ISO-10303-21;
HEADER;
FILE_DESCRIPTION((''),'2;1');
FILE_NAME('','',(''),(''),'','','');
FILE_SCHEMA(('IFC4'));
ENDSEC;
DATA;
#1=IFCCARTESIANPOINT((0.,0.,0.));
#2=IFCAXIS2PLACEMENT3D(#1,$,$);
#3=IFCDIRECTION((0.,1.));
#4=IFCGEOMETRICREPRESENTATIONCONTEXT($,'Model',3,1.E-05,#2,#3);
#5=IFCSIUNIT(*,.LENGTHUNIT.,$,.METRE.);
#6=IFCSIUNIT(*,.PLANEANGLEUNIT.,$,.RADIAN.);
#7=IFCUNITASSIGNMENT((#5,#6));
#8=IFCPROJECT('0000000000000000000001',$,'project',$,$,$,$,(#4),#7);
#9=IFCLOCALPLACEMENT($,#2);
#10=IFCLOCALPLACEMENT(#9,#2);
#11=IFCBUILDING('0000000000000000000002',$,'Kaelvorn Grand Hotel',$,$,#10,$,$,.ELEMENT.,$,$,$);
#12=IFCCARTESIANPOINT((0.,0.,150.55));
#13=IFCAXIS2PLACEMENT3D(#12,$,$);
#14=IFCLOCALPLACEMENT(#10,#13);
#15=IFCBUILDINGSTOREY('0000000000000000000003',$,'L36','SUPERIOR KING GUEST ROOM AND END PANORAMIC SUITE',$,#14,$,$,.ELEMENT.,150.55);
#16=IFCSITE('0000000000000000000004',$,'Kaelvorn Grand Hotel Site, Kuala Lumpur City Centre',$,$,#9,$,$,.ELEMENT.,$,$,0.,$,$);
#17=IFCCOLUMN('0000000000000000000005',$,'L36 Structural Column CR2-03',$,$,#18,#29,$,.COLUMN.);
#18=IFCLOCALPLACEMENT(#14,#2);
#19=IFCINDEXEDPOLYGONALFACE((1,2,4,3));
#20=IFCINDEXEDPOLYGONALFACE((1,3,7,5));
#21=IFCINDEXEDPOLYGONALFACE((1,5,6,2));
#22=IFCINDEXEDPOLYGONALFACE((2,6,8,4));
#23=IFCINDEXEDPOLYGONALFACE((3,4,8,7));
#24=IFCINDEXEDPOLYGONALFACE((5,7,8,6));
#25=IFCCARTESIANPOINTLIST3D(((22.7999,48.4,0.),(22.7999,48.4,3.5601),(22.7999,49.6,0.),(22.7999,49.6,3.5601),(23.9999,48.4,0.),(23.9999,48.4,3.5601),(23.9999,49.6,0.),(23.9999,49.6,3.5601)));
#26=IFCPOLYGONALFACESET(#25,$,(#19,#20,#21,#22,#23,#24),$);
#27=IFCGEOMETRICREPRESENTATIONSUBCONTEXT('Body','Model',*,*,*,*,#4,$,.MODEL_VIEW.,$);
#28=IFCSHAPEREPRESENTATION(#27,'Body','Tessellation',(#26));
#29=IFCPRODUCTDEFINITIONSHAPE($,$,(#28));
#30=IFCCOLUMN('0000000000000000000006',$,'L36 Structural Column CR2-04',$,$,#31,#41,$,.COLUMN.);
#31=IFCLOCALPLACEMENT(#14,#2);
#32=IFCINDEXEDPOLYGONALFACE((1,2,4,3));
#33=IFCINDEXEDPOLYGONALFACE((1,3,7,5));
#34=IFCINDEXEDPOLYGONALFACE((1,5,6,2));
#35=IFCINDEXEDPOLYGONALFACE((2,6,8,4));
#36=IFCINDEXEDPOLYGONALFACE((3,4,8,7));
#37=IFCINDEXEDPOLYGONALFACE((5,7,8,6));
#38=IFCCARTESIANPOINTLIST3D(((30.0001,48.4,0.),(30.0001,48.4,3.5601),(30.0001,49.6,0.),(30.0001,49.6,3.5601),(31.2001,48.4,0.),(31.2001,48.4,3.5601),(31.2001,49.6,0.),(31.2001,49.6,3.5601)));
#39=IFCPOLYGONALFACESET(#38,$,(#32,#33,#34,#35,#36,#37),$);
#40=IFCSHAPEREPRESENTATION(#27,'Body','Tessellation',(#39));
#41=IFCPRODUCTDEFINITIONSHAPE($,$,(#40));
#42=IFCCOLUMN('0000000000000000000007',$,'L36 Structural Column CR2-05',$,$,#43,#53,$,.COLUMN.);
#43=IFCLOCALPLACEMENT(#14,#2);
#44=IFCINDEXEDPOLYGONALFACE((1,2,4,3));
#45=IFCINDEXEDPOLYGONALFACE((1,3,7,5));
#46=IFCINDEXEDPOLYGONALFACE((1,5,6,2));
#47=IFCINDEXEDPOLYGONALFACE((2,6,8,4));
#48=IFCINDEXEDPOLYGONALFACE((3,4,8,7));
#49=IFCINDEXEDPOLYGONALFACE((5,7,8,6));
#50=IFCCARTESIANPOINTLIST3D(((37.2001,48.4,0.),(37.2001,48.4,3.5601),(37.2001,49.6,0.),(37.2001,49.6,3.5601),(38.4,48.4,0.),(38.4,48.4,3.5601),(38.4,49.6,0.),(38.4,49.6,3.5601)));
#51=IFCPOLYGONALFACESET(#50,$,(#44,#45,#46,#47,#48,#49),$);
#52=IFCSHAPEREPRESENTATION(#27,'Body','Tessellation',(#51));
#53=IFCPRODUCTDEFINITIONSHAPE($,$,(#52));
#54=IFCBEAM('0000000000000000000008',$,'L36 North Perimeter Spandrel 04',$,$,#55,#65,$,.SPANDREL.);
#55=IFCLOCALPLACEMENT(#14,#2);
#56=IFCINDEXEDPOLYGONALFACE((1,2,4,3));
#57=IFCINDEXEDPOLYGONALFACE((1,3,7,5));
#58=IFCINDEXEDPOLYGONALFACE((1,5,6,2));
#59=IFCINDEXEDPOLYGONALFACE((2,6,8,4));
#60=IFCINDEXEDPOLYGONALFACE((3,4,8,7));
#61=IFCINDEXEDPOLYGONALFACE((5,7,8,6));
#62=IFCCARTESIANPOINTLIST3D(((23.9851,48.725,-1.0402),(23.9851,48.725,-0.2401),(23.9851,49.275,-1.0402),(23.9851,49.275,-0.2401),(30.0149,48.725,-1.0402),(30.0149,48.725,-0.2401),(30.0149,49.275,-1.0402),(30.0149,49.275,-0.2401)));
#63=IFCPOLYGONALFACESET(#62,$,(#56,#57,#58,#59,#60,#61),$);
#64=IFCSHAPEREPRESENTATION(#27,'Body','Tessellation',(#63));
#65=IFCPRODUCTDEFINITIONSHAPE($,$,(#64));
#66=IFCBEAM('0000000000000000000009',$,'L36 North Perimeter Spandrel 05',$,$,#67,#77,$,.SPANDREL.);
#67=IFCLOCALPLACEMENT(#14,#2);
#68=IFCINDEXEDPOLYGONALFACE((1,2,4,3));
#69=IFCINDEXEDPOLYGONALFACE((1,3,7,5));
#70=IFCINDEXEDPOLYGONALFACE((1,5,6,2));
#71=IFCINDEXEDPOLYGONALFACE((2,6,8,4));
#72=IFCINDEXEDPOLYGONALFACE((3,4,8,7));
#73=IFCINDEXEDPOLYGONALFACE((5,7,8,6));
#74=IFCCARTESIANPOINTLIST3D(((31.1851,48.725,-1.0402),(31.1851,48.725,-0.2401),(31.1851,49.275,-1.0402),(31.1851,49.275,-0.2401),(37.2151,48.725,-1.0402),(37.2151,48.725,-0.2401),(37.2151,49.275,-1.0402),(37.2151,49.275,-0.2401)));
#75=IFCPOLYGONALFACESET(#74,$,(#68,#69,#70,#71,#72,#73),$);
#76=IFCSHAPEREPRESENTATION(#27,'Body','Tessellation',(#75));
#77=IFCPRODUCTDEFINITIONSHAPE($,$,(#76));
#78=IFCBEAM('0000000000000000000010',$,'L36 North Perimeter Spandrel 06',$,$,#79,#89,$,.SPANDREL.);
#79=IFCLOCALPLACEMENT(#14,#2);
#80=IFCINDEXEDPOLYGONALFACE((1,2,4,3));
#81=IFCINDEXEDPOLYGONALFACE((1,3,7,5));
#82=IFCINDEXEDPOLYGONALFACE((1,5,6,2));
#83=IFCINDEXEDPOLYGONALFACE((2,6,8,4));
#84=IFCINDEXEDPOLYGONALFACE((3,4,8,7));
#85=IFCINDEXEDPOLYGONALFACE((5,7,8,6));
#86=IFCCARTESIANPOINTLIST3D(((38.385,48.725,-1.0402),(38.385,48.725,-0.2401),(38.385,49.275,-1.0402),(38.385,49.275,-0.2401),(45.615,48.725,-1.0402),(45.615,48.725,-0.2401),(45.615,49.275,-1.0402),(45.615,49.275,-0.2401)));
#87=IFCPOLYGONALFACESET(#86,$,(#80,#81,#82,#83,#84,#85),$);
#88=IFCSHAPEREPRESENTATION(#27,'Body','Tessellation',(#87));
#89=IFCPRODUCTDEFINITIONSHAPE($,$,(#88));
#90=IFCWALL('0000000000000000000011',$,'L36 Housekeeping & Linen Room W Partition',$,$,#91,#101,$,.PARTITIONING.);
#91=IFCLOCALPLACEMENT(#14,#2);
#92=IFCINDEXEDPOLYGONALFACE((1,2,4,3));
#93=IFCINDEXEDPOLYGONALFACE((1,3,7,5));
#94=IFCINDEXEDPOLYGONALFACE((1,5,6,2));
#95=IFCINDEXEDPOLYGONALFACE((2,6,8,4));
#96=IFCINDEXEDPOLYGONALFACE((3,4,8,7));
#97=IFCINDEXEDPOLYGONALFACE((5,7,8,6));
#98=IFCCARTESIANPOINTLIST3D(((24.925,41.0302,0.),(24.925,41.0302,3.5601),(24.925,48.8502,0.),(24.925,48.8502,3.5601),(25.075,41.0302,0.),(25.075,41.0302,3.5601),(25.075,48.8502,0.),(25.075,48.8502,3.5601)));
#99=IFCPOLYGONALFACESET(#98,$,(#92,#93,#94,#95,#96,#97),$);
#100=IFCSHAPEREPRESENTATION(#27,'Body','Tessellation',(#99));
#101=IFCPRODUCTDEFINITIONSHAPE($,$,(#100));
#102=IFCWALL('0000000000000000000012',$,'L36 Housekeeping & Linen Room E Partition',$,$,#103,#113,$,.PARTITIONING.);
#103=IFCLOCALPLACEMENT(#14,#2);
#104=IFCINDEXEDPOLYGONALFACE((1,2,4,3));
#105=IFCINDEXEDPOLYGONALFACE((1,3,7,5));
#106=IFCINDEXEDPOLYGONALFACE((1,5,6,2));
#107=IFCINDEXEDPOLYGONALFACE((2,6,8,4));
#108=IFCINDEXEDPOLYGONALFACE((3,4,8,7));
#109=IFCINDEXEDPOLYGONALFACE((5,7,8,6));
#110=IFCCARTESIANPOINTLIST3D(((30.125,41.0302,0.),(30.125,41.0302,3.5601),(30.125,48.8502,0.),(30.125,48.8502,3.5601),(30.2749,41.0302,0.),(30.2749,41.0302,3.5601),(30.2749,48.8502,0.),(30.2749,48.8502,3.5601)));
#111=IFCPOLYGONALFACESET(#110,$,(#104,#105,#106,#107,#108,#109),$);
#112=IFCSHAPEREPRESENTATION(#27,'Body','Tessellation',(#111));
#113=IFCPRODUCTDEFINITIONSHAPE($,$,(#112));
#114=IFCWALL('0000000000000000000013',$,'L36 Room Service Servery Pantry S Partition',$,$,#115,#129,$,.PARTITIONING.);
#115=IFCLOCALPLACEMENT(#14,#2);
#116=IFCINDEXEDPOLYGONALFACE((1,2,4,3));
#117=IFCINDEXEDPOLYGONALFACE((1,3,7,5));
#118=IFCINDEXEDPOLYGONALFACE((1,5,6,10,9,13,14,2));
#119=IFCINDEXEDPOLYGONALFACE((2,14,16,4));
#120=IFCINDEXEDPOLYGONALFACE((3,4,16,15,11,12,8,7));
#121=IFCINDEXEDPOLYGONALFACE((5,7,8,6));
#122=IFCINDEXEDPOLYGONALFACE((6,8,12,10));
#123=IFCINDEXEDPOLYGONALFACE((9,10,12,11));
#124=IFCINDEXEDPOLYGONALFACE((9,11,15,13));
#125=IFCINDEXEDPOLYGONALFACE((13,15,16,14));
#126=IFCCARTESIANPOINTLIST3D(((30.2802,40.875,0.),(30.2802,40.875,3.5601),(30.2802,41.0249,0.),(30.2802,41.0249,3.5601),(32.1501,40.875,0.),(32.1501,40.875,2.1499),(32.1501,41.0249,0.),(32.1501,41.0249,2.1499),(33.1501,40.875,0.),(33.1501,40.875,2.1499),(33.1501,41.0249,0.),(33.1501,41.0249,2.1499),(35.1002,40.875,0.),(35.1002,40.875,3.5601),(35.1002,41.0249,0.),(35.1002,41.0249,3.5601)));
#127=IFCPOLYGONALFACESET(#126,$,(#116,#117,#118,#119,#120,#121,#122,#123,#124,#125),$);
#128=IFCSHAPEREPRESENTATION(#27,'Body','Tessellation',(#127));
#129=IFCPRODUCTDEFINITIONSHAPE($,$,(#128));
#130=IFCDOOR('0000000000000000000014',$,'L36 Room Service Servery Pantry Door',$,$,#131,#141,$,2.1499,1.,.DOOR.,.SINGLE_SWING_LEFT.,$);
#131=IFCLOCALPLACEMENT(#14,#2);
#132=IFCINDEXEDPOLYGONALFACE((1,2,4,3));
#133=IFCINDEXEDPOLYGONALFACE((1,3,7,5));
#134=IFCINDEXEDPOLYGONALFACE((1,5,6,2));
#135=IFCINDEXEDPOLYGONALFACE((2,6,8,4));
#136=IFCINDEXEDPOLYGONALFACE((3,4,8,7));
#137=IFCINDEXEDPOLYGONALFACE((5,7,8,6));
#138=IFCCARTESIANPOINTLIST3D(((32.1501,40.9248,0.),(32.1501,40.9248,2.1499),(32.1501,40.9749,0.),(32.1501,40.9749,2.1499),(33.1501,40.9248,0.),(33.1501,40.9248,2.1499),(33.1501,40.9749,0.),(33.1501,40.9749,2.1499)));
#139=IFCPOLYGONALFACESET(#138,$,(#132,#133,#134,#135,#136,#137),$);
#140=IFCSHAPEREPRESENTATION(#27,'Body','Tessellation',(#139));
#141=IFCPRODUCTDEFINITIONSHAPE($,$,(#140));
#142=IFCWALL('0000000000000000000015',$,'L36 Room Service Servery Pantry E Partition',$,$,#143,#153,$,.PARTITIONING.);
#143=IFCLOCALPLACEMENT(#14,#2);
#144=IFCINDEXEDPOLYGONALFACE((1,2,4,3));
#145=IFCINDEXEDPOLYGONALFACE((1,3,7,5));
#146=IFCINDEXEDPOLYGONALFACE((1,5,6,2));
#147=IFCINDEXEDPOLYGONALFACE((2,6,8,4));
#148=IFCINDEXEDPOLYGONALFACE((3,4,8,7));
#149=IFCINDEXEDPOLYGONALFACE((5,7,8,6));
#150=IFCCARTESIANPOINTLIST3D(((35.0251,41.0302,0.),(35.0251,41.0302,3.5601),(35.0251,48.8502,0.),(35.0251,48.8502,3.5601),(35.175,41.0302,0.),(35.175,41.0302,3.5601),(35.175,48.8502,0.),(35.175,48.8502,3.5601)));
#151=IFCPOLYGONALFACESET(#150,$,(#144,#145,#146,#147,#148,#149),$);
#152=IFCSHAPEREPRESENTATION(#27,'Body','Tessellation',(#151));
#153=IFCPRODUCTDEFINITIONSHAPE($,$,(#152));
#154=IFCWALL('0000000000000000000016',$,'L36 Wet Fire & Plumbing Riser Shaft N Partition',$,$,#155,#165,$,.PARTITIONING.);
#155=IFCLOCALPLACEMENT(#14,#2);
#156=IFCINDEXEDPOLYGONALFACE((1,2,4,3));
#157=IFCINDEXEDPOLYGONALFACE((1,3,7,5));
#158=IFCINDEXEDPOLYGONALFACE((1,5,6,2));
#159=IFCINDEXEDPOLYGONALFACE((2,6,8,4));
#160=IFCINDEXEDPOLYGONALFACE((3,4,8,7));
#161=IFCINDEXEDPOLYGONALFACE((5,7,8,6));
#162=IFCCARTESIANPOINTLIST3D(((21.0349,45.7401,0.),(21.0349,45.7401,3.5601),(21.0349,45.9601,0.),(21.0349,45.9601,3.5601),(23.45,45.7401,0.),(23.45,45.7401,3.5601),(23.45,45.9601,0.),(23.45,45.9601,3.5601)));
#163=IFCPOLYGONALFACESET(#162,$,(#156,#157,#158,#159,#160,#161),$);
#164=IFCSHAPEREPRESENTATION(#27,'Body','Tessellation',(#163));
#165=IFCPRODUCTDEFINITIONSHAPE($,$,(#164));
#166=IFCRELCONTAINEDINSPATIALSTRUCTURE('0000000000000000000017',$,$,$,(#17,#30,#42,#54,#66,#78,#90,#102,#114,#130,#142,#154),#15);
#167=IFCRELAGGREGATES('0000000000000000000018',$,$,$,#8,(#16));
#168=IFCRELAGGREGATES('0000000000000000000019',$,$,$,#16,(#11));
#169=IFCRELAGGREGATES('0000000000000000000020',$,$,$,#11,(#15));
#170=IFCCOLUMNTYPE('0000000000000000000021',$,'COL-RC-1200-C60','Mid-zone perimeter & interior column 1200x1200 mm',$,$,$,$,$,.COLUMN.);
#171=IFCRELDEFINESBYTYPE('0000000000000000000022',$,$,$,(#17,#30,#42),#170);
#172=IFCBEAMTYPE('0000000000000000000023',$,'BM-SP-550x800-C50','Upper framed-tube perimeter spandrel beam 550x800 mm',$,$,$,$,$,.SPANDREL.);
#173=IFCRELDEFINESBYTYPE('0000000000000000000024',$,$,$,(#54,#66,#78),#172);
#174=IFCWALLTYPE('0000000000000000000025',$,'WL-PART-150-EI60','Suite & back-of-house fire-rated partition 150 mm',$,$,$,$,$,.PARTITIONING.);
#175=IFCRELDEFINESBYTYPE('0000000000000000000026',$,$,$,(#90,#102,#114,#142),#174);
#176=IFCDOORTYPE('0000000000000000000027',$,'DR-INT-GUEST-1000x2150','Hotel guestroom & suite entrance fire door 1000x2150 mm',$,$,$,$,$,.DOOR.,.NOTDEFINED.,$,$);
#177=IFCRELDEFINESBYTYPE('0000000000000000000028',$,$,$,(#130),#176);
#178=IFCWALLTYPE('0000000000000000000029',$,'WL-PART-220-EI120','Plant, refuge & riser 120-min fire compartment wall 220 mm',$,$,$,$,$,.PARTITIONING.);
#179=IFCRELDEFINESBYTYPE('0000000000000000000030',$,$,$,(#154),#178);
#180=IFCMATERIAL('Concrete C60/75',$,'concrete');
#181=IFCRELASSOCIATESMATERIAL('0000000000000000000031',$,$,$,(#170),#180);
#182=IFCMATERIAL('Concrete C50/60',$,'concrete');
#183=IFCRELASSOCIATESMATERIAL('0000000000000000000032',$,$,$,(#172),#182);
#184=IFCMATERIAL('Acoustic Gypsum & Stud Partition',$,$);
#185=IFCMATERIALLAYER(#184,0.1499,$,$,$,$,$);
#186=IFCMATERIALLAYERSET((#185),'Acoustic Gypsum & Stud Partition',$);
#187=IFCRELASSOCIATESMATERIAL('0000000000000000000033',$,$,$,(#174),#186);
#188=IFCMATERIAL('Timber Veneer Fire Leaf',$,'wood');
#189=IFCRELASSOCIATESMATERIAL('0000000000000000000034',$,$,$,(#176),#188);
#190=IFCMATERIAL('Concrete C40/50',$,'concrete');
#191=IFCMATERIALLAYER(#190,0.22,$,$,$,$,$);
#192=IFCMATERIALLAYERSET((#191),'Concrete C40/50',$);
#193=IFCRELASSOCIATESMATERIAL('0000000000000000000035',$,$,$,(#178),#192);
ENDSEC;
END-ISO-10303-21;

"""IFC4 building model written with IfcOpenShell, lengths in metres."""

from ifc_helpers import new_model, si_unit, direction, frame, frame_2d, origin, origin_2d, place, context, subcontext, project, spatial, rectangle, extrude, material, layer, layer_set, material_profile, profile_set, type_object, element, fill, save


model = new_model("IFC4")

# Units and contexts
model_context = context("Model", 3, precision=1e-05, world=origin(), true_north=direction((0.0, 1.0)))
body_context = subcontext(model_context, "Body", "Model", "MODEL_VIEW")
ifc_project = project(units=[si_unit("LENGTHUNIT", "METRE"), si_unit("PLANEANGLEUNIT", "RADIAN")], contexts=[model_context])

# Site, building, storey
site_placement = place(None, origin())
site = spatial("IfcSite", under=ifc_project, at=site_placement, Name="Kaelvorn Grand Hotel Site, Kuala Lumpur City Centre", CompositionType="ELEMENT", RefElevation=0.0)
building_placement = place(site_placement, origin())
building = spatial("IfcBuilding", under=site, at=building_placement, Name="Kaelvorn Grand Hotel", CompositionType="ELEMENT")
storey_placement = place(building_placement, frame((0.0, 0.0, 150.55)))
storey = spatial("IfcBuildingStorey", under=building, at=storey_placement, Name="L36", Description="SUPERIOR KING GUEST ROOM AND END PANORAMIC SUITE", CompositionType="ELEMENT", Elevation=150.55)

# Columns
ifc_material_1 = material(Name="Concrete C60/75", Category="concrete")
ifc_material_profile_1 = material_profile(ifc_material_1, rectangle(XDim=1.2, YDim=1.2, at=origin_2d()), Name="RC COL 1200x1200")
ifc_profile_set_1 = profile_set([ifc_material_profile_1], Name="Concrete C60/75")
column_type = type_object("IfcColumnType", Name="COL-RC-1200-C60", Description="Mid-zone perimeter & interior column 1200x1200 mm", PredefinedType="COLUMN", material=ifc_profile_set_1)
for number, where, z_axis, x_axis, name in (
    (1, (23.3999, 49.0, 0.0), (0.0, 0.0, 1.0), (1.0, 0.0, 0.0), "L36 Structural Column CR2-03"),
    (2, (30.6001, 49.0, 0.0), (0.0, 0.0, 1.0), (1.0, 0.0, 0.0), "L36 Structural Column CR2-04"),
    (3, (37.8, 49.0, 0.0), (0.0, 0.0, 1.0), (1.0, 0.0, 0.0), "L36 Structural Column CR2-05"),
):
    element("IfcColumn", number, at=place(storey_placement, frame(where, z_axis=z_axis, x_axis=x_axis)), inside=storey, type_object=column_type, Name=name, PredefinedType="COLUMN", context=body_context, shape_type="SweptSolid", body=[
        extrude(rectangle(XDim=1.2, YDim=1.2, at=origin_2d()), origin(), (0.0, 0.0, 1.0), 3.5601),
    ])

# Beams
ifc_material_2 = material(Name="Concrete C50/60", Category="concrete")
ifc_material_profile_2 = material_profile(ifc_material_2, rectangle(XDim=0.55, YDim=0.8, at=origin_2d()), Name="RC SPANDREL 550x800")
ifc_profile_set_2 = profile_set([ifc_material_profile_2], Name="Concrete C50/60")
beam_type = type_object("IfcBeamType", Name="BM-SP-550x800-C50", Description="Upper framed-tube perimeter spandrel beam 550x800 mm", PredefinedType="SPANDREL", material=ifc_profile_set_2)
beam_1_placement = place(storey_placement, frame((23.9851, 49.0, -0.6401), z_axis=(1.0, 0.0, 0.0), x_axis=(0.0, 1.0, 0.0)))
element("IfcBeam", 4, at=beam_1_placement, inside=storey, type_object=beam_type, Name="L36 North Perimeter Spandrel 04", PredefinedType="SPANDREL", context=body_context, shape_type="SweptSolid", body=[
    extrude(rectangle(XDim=0.55, YDim=0.8, at=origin_2d()), origin(), (0.0, 0.0, 1.0), 6.0298),
])
beam_2_placement = place(storey_placement, frame((31.1851, 49.0, -0.6401), z_axis=(1.0, 0.0, 0.0), x_axis=(0.0, 1.0, 0.0)))
element("IfcBeam", 5, at=beam_2_placement, inside=storey, type_object=beam_type, Name="L36 North Perimeter Spandrel 05", PredefinedType="SPANDREL", context=body_context, shape_type="SweptSolid", body=[
    extrude(rectangle(XDim=0.55, YDim=0.8, at=origin_2d()), origin(), (0.0, 0.0, 1.0), 6.03),
])
beam_3_placement = place(storey_placement, frame((38.385, 49.0, -0.6401), z_axis=(1.0, 0.0, 0.0), x_axis=(0.0, 1.0, 0.0)))
element("IfcBeam", 6, at=beam_3_placement, inside=storey, type_object=beam_type, Name="L36 North Perimeter Spandrel 06", PredefinedType="SPANDREL", context=body_context, shape_type="SweptSolid", body=[
    extrude(rectangle(XDim=0.55, YDim=0.8, at=origin_2d()), origin(), (0.0, 0.0, 1.0), 7.23),
])

# Walls
ifc_material_3 = material(Name="Acoustic Gypsum & Stud Partition")
ifc_layer_1 = layer(ifc_material_3, 0.1499)
ifc_layer_set_1 = layer_set([ifc_layer_1], Name="Acoustic Gypsum & Stud Partition")
wall_type_1 = type_object("IfcWallType", Name="WL-PART-150-EI60", Description="Suite & back-of-house fire-rated partition 150 mm", PredefinedType="PARTITIONING", material=ifc_layer_set_1)
for number, where, z_axis, x_axis, name in (
    (7, (25.0, 41.03, 0.0), (0.0, 0.0, 1.0), (0.0, 1.0, 0.0), "L36 Housekeeping & Linen Room W Partition"),
    (8, (30.2, 41.03, 0.0), (0.0, 0.0, 1.0), (0.0, 1.0, 0.0), "L36 Housekeeping & Linen Room E Partition"),
):
    element("IfcWall", number, at=place(storey_placement, frame(where, z_axis=z_axis, x_axis=x_axis)), inside=storey, type_object=wall_type_1, Name=name, PredefinedType="PARTITIONING", context=body_context, shape_type="SweptSolid", body=[
        extrude(rectangle(XDim=7.8201, YDim=0.1499, at=frame_2d((3.9102, 0.0))), origin(), (0.0, 0.0, 1.0), 3.5601),
    ])

# Wall, opening, door
wall_1_placement = place(storey_placement, frame((30.28, 40.95, 0.0), z_axis=(0.0, 0.0, 1.0), x_axis=(1.0, 0.0, 0.0)))
wall_1 = element("IfcWall", 9, at=wall_1_placement, inside=storey, type_object=wall_type_1, Name="L36 Room Service Servery Pantry S Partition", PredefinedType="PARTITIONING", context=body_context, shape_type="SweptSolid", body=[
    extrude(rectangle(XDim=4.8201, YDim=0.1499, at=frame_2d((2.4102, 0.0))), origin(), (0.0, 0.0, 1.0), 3.5601),
])
opening_1_placement = place(wall_1_placement, frame((1.8701, 0.0, 0.0)))
opening_1 = element("IfcOpeningElement", 10, at=opening_1_placement, cuts=wall_1, PredefinedType="OPENING", context=body_context, shape_type="SweptSolid", body=[
    extrude(rectangle(XDim=1.0, YDim=2.1499, at=frame_2d((0.5, 1.075))), frame((0.0, 0.085, 0.0), z_axis=(0.0, -1.0, 0.0), x_axis=(1.0, 0.0, 0.0)), (0.0, 0.0, 1.0), 0.1699),
])
ifc_material_4 = material(Name="Timber Veneer Fire Leaf", Category="wood")
door_type_1 = type_object("IfcDoorType", Name="DR-INT-GUEST-1000x2150", Description="Hotel guestroom & suite entrance fire door 1000x2150 mm", OperationType="NOTDEFINED", PredefinedType="DOOR", material=ifc_material_4)
door_1_placement = place(opening_1_placement, origin())
door_1 = element("IfcDoor", 11, at=door_1_placement, inside=storey, type_object=door_type_1, Name="L36 Room Service Servery Pantry Door", OperationType="SINGLE_SWING_LEFT", OverallHeight=2.1499, OverallWidth=1.0, PredefinedType="DOOR", context=body_context, shape_type="SweptSolid", body=[
    extrude(rectangle(XDim=1.0, YDim=2.1499, at=frame_2d((0.5, 1.075))), frame((0.0, 0.0249, 0.0), z_axis=(0.0, -1.0, 0.0), x_axis=(1.0, 0.0, 0.0)), (0.0, 0.0, 1.0), 0.05),
])
fill(opening_1, door_1)

# Walls
wall_2_placement = place(storey_placement, frame((35.1001, 41.03, 0.0), z_axis=(0.0, 0.0, 1.0), x_axis=(0.0, 1.0, 0.0)))
element("IfcWall", 12, at=wall_2_placement, inside=storey, type_object=wall_type_1, Name="L36 Room Service Servery Pantry E Partition", PredefinedType="PARTITIONING", context=body_context, shape_type="SweptSolid", body=[
    extrude(rectangle(XDim=7.8201, YDim=0.1499, at=frame_2d((3.9102, 0.0))), origin(), (0.0, 0.0, 1.0), 3.5601),
])
ifc_material_5 = material(Name="Concrete C40/50", Category="concrete")
ifc_layer_2 = layer(ifc_material_5, 0.22)
ifc_layer_set_2 = layer_set([ifc_layer_2], Name="Concrete C40/50")
wall_type_2 = type_object("IfcWallType", Name="WL-PART-220-EI120", Description="Plant, refuge & riser 120-min fire compartment wall 220 mm", PredefinedType="PARTITIONING", material=ifc_layer_set_2)
wall_3_placement = place(storey_placement, frame((21.0349, 45.8501, 0.0), z_axis=(0.0, 0.0, 1.0), x_axis=(1.0, 0.0, 0.0)))
element("IfcWall", 13, at=wall_3_placement, inside=storey, type_object=wall_type_2, Name="L36 Wet Fire & Plumbing Riser Shaft N Partition", PredefinedType="PARTITIONING", context=body_context, shape_type="SweptSolid", body=[
    extrude(rectangle(XDim=2.415, YDim=0.22, at=frame_2d((1.2075, 0.0))), origin(), (0.0, 0.0, 1.0), 3.5601),
])

save(model, "model.ifc")
